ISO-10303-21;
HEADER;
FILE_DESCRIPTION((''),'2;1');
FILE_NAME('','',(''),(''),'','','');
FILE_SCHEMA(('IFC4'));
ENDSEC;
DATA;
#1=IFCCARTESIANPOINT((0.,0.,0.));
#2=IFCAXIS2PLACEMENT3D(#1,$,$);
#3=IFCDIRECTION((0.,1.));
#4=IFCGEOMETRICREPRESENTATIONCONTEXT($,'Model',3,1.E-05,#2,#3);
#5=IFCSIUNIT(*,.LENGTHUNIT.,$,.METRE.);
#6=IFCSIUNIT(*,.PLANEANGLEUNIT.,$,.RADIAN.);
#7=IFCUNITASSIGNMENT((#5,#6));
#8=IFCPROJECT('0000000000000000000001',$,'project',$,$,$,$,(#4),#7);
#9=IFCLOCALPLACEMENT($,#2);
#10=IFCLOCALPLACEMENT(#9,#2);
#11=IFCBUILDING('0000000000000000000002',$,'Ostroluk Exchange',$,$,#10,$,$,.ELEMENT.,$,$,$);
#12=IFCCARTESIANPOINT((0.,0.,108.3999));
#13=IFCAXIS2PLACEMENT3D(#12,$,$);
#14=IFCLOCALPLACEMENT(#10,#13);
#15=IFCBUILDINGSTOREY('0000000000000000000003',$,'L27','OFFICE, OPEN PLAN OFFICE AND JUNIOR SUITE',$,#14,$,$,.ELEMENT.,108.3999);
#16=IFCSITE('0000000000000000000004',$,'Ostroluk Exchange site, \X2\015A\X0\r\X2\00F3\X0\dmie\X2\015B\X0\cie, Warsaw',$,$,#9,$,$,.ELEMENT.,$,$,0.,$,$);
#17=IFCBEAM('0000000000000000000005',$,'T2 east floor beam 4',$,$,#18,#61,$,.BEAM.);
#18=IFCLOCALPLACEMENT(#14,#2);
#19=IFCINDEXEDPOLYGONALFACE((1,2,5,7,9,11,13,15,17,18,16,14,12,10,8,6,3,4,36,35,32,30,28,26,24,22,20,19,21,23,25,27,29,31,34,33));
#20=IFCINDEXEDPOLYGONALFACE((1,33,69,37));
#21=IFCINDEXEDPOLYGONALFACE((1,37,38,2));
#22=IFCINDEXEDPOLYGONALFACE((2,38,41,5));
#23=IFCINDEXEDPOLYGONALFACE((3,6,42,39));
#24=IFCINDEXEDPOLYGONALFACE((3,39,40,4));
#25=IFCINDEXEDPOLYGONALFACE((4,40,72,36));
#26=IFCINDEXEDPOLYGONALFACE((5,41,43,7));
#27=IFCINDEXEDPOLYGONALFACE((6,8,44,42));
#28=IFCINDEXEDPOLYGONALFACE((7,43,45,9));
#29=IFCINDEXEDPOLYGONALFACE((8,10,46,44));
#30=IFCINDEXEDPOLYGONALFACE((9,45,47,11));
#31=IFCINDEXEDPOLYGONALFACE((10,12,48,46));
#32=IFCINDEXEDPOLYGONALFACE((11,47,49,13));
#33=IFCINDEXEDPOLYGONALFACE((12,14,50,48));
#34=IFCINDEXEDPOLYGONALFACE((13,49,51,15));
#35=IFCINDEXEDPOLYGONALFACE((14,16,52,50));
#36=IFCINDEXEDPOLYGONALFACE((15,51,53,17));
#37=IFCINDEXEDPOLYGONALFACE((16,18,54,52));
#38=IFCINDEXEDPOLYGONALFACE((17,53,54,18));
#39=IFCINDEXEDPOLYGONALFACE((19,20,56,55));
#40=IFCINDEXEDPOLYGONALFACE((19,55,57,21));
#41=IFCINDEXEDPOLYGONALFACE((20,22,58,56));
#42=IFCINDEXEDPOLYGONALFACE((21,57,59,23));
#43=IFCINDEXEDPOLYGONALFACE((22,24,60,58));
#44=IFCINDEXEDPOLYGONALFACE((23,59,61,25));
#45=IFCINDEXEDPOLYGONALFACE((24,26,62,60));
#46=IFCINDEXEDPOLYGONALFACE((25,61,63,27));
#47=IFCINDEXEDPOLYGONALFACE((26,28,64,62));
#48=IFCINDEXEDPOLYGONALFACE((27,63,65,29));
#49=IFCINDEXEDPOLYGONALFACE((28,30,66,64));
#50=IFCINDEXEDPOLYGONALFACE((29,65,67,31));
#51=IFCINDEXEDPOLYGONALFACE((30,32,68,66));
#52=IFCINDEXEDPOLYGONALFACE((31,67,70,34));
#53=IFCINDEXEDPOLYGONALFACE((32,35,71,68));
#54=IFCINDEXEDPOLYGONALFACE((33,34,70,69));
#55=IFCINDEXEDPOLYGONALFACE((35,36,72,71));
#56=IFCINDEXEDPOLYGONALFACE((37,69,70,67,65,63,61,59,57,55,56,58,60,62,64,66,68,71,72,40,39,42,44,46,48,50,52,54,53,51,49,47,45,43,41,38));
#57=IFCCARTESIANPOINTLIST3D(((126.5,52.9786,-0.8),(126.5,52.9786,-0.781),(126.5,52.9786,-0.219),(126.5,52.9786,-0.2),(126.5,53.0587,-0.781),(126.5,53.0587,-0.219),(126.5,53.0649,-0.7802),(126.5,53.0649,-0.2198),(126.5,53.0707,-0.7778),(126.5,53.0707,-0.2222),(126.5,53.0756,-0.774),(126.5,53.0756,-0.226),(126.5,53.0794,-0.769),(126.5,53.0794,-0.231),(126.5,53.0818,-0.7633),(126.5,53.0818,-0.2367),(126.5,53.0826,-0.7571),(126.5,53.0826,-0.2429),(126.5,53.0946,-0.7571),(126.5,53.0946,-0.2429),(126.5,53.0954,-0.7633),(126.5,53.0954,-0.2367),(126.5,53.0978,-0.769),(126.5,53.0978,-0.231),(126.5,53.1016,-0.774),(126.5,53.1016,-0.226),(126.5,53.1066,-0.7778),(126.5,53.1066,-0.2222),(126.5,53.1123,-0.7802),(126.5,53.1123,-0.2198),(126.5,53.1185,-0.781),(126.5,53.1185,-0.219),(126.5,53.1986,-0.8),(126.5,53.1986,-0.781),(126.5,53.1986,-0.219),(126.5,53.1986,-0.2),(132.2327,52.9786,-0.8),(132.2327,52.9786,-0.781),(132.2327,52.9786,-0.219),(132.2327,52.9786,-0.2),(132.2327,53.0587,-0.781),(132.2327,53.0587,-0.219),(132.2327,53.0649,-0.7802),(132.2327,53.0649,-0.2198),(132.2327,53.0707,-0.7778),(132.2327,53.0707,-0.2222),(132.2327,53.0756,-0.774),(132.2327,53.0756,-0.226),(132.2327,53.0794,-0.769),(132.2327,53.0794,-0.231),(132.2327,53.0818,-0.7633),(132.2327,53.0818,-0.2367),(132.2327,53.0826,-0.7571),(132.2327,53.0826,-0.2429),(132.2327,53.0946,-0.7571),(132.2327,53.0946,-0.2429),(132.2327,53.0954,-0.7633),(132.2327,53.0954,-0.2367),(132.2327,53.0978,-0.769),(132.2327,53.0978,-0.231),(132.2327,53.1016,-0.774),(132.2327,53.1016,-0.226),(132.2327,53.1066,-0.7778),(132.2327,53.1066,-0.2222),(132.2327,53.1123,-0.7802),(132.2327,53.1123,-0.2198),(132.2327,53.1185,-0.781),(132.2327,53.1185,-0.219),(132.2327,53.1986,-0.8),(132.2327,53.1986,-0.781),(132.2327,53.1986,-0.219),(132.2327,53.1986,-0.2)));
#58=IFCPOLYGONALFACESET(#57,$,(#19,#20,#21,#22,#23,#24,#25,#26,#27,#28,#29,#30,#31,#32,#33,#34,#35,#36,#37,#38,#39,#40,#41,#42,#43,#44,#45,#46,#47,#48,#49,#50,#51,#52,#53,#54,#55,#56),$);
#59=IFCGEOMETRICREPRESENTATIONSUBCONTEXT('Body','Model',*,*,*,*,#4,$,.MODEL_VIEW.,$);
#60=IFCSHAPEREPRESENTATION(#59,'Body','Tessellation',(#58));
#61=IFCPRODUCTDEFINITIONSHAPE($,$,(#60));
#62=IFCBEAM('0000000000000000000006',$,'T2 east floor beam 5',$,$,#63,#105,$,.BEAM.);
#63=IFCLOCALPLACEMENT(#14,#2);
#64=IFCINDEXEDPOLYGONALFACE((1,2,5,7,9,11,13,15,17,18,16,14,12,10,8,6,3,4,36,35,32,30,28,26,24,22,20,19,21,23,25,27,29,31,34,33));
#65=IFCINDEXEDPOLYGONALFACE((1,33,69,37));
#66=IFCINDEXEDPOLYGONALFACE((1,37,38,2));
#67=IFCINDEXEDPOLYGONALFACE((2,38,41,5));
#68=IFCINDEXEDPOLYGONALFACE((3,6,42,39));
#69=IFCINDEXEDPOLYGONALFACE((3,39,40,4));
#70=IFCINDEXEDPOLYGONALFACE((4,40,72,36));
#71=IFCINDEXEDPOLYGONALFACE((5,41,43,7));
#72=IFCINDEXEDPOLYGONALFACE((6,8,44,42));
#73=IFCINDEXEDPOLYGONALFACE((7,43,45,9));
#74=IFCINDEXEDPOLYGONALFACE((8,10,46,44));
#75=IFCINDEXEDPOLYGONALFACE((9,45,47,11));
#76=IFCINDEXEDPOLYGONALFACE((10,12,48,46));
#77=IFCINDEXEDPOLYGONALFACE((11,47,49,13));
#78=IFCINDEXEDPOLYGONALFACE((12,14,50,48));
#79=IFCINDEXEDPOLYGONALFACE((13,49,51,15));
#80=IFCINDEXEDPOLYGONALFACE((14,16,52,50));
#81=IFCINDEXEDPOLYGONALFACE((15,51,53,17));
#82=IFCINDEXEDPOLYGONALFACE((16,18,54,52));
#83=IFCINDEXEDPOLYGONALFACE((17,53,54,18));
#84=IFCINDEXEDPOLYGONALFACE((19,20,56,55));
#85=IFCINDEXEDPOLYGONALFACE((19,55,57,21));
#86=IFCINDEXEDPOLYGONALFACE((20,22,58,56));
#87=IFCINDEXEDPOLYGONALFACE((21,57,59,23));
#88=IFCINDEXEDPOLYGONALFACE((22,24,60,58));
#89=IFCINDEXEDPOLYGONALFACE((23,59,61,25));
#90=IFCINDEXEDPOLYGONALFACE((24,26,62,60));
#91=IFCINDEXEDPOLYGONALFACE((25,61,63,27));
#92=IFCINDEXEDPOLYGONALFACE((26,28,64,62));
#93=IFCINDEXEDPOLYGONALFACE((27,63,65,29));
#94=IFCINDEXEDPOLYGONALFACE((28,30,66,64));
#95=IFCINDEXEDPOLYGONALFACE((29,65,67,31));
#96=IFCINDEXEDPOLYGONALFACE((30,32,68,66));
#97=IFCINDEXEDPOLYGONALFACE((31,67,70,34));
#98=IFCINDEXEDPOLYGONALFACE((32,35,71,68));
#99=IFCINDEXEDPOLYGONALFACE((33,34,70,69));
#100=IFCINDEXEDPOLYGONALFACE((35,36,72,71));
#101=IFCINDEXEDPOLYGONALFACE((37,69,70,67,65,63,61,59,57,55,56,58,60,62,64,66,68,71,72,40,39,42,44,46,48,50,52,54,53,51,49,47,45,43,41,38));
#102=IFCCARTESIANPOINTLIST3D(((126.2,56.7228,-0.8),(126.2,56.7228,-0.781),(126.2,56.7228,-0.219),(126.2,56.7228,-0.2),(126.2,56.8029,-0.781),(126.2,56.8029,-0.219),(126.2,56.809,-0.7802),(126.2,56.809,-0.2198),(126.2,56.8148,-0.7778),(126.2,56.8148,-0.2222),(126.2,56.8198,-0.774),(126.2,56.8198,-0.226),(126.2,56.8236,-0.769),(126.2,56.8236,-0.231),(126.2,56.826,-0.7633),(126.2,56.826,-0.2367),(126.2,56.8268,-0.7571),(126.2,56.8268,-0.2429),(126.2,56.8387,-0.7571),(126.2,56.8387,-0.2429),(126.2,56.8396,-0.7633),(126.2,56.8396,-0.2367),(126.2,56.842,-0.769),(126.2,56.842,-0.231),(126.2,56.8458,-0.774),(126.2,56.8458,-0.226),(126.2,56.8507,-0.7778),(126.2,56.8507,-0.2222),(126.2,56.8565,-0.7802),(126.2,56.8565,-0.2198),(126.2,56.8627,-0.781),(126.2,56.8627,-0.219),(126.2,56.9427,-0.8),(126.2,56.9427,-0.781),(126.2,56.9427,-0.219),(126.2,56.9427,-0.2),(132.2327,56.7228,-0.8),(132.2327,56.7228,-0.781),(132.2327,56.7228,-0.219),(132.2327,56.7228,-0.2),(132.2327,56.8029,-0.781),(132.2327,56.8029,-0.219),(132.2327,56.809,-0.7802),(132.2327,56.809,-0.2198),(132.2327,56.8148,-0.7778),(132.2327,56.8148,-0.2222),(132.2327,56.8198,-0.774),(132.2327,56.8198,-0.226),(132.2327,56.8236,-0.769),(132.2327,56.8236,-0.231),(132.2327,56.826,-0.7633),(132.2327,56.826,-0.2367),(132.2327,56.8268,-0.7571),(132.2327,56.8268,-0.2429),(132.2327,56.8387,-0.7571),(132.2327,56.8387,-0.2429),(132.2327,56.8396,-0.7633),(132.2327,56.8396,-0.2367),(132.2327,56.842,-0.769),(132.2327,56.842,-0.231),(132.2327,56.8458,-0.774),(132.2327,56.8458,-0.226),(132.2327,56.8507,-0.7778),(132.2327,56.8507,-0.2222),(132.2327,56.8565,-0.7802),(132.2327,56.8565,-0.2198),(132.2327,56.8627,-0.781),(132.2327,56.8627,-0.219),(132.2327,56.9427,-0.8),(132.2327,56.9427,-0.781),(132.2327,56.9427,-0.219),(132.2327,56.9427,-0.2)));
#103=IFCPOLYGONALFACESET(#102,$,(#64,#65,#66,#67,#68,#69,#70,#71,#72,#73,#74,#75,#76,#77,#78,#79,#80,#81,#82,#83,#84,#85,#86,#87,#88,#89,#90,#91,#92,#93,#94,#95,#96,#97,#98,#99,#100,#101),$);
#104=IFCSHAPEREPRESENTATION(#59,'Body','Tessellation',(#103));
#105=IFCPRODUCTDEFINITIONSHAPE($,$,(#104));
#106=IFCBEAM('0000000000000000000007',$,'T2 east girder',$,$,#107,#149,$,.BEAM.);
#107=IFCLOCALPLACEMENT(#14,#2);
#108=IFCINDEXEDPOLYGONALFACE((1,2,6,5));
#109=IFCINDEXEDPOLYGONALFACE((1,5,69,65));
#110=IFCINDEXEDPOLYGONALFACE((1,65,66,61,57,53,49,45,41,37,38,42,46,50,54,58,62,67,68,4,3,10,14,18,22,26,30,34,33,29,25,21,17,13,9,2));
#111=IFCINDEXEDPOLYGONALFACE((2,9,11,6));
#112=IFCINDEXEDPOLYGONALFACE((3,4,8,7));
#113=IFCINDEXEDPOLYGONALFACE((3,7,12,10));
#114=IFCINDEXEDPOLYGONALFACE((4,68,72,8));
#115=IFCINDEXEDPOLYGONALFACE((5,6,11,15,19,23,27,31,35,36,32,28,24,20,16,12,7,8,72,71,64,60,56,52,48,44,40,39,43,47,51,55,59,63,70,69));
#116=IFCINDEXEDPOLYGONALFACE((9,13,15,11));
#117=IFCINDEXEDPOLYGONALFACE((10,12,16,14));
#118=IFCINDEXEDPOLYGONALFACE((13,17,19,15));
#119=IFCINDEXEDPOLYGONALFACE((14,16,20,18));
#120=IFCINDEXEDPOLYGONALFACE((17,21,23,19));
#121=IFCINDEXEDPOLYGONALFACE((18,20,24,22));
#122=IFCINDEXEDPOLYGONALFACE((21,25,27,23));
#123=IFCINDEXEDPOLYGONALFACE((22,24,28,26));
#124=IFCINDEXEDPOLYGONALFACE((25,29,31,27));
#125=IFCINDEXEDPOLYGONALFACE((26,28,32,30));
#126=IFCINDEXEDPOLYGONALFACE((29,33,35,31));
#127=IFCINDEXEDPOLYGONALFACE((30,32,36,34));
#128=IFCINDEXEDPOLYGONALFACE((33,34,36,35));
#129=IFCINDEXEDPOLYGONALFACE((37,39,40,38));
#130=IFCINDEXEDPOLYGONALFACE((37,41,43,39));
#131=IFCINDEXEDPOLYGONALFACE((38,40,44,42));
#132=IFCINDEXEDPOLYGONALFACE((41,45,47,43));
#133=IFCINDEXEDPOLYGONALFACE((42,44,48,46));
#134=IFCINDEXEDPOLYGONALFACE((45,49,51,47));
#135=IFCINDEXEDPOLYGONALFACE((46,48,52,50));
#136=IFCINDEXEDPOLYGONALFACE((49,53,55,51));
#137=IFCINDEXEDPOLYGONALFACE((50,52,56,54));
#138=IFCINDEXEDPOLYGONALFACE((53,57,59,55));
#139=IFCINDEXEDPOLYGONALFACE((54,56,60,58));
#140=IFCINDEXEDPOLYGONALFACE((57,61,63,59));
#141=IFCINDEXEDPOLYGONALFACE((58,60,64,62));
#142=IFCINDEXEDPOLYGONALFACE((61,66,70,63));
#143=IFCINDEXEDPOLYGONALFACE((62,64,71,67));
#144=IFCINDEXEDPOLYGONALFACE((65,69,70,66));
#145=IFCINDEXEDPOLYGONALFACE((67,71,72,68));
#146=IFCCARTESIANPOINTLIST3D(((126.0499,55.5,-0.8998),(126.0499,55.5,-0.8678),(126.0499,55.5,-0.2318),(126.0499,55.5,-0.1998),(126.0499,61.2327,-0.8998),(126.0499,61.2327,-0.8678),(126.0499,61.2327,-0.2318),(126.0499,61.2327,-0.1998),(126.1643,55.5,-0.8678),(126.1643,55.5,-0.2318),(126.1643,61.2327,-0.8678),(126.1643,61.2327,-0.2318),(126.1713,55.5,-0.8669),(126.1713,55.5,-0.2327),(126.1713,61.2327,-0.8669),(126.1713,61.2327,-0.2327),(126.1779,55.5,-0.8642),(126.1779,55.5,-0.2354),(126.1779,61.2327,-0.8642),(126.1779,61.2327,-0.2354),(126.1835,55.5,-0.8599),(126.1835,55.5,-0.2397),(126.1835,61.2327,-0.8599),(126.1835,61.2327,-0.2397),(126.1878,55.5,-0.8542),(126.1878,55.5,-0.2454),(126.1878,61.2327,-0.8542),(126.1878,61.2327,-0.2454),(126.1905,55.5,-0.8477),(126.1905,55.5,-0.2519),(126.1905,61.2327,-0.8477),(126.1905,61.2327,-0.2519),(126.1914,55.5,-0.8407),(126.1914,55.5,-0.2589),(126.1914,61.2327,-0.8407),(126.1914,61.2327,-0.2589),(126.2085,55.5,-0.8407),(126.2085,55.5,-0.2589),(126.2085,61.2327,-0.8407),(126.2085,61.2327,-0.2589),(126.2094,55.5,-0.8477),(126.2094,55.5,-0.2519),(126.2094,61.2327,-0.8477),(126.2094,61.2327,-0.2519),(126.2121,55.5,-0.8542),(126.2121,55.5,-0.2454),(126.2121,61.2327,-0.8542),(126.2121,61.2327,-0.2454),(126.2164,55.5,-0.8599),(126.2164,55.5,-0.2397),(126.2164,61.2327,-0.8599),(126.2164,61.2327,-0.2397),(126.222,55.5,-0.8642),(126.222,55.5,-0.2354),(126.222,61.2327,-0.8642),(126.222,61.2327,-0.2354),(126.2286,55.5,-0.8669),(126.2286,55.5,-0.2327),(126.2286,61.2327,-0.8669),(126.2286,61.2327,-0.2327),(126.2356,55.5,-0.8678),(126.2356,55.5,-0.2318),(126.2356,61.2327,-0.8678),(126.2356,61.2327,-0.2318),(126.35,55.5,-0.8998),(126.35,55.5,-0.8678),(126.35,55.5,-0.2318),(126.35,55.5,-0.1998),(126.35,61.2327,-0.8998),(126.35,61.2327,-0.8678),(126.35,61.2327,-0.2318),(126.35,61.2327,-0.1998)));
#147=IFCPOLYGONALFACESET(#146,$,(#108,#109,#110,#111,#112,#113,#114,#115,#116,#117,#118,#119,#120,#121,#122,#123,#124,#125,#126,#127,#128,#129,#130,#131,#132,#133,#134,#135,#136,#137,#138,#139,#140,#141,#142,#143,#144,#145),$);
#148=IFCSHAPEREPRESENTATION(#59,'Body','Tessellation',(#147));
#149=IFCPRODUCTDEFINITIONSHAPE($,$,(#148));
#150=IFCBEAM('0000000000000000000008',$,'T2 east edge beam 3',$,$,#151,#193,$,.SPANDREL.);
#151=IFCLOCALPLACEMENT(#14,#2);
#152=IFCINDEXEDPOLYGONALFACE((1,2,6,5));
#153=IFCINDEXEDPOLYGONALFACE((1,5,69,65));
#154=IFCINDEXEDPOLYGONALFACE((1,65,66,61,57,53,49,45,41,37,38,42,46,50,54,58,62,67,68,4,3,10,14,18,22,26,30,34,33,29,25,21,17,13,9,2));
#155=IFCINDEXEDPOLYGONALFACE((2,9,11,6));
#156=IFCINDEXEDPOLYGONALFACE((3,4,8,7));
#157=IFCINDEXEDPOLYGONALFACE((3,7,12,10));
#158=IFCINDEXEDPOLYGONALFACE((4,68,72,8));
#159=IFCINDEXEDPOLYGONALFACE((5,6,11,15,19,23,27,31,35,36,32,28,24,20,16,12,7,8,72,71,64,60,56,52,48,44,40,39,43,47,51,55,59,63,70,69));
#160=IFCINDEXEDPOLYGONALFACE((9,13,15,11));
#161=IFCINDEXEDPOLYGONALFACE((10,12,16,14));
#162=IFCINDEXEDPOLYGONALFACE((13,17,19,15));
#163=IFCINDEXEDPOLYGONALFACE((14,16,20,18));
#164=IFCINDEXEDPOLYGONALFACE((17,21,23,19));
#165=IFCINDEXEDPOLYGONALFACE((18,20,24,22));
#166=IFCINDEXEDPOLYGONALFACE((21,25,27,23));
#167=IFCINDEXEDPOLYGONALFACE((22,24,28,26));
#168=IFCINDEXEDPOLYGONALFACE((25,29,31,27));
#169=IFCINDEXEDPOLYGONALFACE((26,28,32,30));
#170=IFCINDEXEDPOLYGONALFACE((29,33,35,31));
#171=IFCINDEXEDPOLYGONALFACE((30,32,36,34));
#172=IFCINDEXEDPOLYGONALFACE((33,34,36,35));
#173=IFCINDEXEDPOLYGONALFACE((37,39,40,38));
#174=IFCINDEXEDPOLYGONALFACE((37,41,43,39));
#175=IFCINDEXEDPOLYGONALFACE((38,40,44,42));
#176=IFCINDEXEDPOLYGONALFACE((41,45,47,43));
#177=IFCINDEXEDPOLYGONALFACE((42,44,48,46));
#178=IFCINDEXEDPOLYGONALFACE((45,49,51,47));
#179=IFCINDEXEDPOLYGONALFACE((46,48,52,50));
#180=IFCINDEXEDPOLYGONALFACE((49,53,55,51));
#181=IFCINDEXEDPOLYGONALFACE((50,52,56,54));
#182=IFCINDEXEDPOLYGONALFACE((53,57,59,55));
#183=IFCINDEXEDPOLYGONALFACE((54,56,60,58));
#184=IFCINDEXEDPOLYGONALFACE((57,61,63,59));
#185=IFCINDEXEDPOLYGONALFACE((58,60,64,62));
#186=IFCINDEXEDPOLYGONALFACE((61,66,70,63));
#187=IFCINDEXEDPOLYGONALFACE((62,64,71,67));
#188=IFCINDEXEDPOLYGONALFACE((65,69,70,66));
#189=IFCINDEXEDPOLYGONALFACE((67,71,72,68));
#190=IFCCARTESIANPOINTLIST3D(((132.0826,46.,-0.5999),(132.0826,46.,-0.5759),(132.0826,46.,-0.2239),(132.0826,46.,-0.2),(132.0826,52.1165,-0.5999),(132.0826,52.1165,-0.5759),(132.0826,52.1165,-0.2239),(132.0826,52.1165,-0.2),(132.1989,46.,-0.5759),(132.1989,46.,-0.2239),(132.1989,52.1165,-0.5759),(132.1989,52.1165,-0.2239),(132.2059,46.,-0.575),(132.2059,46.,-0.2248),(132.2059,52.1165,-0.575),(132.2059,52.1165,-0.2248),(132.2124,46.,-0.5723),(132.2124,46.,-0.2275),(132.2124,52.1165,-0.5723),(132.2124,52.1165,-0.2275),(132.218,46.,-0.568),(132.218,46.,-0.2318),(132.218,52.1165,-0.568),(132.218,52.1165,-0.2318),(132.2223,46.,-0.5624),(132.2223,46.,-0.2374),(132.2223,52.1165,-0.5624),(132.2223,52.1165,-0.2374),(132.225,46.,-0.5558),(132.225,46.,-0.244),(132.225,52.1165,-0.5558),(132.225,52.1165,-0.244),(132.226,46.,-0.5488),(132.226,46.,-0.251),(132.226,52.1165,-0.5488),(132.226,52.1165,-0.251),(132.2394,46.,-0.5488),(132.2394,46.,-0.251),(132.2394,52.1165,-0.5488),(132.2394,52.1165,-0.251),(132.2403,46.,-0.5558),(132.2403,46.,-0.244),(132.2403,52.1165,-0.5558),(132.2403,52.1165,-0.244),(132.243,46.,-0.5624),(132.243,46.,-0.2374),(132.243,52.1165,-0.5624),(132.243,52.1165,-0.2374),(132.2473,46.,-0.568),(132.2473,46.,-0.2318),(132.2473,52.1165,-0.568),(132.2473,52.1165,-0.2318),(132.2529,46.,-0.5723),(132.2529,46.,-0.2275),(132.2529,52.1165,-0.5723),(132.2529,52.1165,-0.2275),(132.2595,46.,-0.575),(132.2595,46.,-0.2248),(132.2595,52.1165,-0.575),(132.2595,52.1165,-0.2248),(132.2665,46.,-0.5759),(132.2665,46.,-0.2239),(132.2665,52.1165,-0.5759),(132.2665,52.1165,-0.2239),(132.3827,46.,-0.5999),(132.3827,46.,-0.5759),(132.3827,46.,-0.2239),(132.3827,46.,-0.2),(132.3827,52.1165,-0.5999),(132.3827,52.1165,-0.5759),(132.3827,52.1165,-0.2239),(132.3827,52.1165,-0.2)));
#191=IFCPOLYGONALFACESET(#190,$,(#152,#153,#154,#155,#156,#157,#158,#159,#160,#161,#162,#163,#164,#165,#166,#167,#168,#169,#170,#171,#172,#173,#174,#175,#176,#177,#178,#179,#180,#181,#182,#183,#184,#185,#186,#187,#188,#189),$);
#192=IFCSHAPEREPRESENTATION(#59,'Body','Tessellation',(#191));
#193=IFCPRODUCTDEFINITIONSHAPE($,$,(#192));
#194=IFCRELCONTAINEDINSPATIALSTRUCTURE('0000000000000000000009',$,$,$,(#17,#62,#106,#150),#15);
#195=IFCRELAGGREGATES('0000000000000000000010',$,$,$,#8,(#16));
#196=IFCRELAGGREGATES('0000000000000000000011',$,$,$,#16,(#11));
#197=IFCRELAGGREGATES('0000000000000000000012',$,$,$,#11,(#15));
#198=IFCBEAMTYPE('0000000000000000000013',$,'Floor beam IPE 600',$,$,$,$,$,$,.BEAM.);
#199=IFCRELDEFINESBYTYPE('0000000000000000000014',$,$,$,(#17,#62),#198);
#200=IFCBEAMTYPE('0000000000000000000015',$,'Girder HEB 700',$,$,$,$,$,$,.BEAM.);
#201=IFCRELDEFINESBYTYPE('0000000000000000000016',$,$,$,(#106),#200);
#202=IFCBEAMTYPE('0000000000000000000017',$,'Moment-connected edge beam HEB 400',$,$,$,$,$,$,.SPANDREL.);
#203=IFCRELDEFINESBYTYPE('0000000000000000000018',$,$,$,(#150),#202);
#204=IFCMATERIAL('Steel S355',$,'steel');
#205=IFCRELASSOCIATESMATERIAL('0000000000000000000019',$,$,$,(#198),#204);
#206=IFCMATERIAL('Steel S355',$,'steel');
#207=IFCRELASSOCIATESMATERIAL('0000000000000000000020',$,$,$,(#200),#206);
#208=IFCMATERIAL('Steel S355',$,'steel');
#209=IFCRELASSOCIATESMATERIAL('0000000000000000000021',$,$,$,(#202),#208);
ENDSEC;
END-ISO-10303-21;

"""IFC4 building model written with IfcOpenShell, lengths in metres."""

from ifc_helpers import new_model, si_unit, direction, frame, origin, origin_2d, place, context, subcontext, project, spatial, i_section, extrude, material, material_profile, profile_set, type_object, element, save


model = new_model("IFC4")

# Units and contexts
model_context = context("Model", 3, precision=1e-05, world=origin(), true_north=direction((0.0, 1.0)))
body_context = subcontext(model_context, "Body", "Model", "MODEL_VIEW")
ifc_project = project(units=[si_unit("LENGTHUNIT", "METRE"), si_unit("PLANEANGLEUNIT", "RADIAN")], contexts=[model_context])

# Site, building, storey
site_placement = place(None, origin())
site = spatial("IfcSite", under=ifc_project, at=site_placement, Name="Ostroluk Exchange site, Śródmieście, Warsaw", CompositionType="ELEMENT", RefElevation=0.0)
building_placement = place(site_placement, origin())
building = spatial("IfcBuilding", under=site, at=building_placement, Name="Ostroluk Exchange", CompositionType="ELEMENT")
storey_placement = place(building_placement, frame((0.0, 0.0, 108.3999)))
storey = spatial("IfcBuildingStorey", under=building, at=storey_placement, Name="L27", Description="OFFICE, OPEN PLAN OFFICE AND JUNIOR SUITE", CompositionType="ELEMENT", Elevation=108.3999)

# Beams
ifc_material_1 = material(Name="Steel S355", Category="steel")
ifc_material_profile_1 = material_profile(ifc_material_1, i_section(OverallWidth=0.22, OverallDepth=0.6001, WebThickness=0.012, FlangeThickness=0.019, FilletRadius=0.0239, at=origin_2d()), Name="IPE 600")
ifc_profile_set_1 = profile_set([ifc_material_profile_1], Name="Steel S355")
beam_type_1 = type_object("IfcBeamType", Name="Floor beam IPE 600", PredefinedType="BEAM", material=ifc_profile_set_1)
for number, where, z_axis, x_axis, name in (
    (1, (126.5, 53.0886, -0.5), (1.0, 0.0, 0.0), (0.0, 1.0, 0.0), "T2 east floor beam 4"),
):
    element("IfcBeam", number, at=place(storey_placement, frame(where, z_axis=z_axis, x_axis=x_axis)), inside=storey, type_object=beam_type_1, Name=name, PredefinedType="BEAM", context=body_context, shape_type="SweptSolid", body=[
        extrude(i_section(OverallWidth=0.22, OverallDepth=0.6001, WebThickness=0.012, FlangeThickness=0.019, FilletRadius=0.0239, at=origin_2d()), origin(), (0.0, 0.0, 1.0), 5.7327),
    ])
beam_1_placement = place(storey_placement, frame((126.2, 56.8328, -0.5), z_axis=(1.0, 0.0, 0.0), x_axis=(0.0, 1.0, 0.0)))
element("IfcBeam", 2, at=beam_1_placement, inside=storey, type_object=beam_type_1, Name="T2 east floor beam 5", PredefinedType="BEAM", context=body_context, shape_type="SweptSolid", body=[
    extrude(i_section(OverallWidth=0.22, OverallDepth=0.6001, WebThickness=0.012, FlangeThickness=0.019, FilletRadius=0.0239, at=origin_2d()), origin(), (0.0, 0.0, 1.0), 6.0327),
])
ifc_material_2 = material(Name="Steel S355", Category="steel")
ifc_material_profile_2 = material_profile(ifc_material_2, i_section(OverallWidth=0.3, OverallDepth=0.7, WebThickness=0.0171, FlangeThickness=0.032, FilletRadius=0.0271, at=origin_2d()), Name="HEB 700")
ifc_profile_set_2 = profile_set([ifc_material_profile_2], Name="Steel S355")
beam_type_2 = type_object("IfcBeamType", Name="Girder HEB 700", PredefinedType="BEAM", material=ifc_profile_set_2)
beam_2_placement = place(storey_placement, frame((126.2, 55.5, -0.5498), z_axis=(0.0, 1.0, 0.0), x_axis=(-1.0, 0.0, 0.0)))
element("IfcBeam", 3, at=beam_2_placement, inside=storey, type_object=beam_type_2, Name="T2 east girder", PredefinedType="BEAM", context=body_context, shape_type="SweptSolid", body=[
    extrude(i_section(OverallWidth=0.3, OverallDepth=0.7, WebThickness=0.0171, FlangeThickness=0.032, FilletRadius=0.0271, at=origin_2d()), origin(), (0.0, 0.0, 1.0), 5.7327),
])
ifc_material_3 = material(Name="Steel S355", Category="steel")
ifc_material_profile_3 = material_profile(ifc_material_3, i_section(OverallWidth=0.3, OverallDepth=0.3999, WebThickness=0.0134, FlangeThickness=0.0239, FilletRadius=0.0271, at=origin_2d()), Name="HEB 400")
ifc_profile_set_3 = profile_set([ifc_material_profile_3], Name="Steel S355")
beam_type_3 = type_object("IfcBeamType", Name="Moment-connected edge beam HEB 400", PredefinedType="SPANDREL", material=ifc_profile_set_3)
beam_3_placement = place(storey_placement, frame((132.2327, 46.0, -0.3999), z_axis=(0.0, 1.0, 0.0), x_axis=(-1.0, 0.0, 0.0)))
element("IfcBeam", 4, at=beam_3_placement, inside=storey, type_object=beam_type_3, Name="T2 east edge beam 3", PredefinedType="SPANDREL", context=body_context, shape_type="SweptSolid", body=[
    extrude(i_section(OverallWidth=0.3, OverallDepth=0.3999, WebThickness=0.0134, FlangeThickness=0.0239, FilletRadius=0.0271, at=origin_2d()), origin(), (0.0, 0.0, 1.0), 6.1165),
])

save(model, "model.ifc")
